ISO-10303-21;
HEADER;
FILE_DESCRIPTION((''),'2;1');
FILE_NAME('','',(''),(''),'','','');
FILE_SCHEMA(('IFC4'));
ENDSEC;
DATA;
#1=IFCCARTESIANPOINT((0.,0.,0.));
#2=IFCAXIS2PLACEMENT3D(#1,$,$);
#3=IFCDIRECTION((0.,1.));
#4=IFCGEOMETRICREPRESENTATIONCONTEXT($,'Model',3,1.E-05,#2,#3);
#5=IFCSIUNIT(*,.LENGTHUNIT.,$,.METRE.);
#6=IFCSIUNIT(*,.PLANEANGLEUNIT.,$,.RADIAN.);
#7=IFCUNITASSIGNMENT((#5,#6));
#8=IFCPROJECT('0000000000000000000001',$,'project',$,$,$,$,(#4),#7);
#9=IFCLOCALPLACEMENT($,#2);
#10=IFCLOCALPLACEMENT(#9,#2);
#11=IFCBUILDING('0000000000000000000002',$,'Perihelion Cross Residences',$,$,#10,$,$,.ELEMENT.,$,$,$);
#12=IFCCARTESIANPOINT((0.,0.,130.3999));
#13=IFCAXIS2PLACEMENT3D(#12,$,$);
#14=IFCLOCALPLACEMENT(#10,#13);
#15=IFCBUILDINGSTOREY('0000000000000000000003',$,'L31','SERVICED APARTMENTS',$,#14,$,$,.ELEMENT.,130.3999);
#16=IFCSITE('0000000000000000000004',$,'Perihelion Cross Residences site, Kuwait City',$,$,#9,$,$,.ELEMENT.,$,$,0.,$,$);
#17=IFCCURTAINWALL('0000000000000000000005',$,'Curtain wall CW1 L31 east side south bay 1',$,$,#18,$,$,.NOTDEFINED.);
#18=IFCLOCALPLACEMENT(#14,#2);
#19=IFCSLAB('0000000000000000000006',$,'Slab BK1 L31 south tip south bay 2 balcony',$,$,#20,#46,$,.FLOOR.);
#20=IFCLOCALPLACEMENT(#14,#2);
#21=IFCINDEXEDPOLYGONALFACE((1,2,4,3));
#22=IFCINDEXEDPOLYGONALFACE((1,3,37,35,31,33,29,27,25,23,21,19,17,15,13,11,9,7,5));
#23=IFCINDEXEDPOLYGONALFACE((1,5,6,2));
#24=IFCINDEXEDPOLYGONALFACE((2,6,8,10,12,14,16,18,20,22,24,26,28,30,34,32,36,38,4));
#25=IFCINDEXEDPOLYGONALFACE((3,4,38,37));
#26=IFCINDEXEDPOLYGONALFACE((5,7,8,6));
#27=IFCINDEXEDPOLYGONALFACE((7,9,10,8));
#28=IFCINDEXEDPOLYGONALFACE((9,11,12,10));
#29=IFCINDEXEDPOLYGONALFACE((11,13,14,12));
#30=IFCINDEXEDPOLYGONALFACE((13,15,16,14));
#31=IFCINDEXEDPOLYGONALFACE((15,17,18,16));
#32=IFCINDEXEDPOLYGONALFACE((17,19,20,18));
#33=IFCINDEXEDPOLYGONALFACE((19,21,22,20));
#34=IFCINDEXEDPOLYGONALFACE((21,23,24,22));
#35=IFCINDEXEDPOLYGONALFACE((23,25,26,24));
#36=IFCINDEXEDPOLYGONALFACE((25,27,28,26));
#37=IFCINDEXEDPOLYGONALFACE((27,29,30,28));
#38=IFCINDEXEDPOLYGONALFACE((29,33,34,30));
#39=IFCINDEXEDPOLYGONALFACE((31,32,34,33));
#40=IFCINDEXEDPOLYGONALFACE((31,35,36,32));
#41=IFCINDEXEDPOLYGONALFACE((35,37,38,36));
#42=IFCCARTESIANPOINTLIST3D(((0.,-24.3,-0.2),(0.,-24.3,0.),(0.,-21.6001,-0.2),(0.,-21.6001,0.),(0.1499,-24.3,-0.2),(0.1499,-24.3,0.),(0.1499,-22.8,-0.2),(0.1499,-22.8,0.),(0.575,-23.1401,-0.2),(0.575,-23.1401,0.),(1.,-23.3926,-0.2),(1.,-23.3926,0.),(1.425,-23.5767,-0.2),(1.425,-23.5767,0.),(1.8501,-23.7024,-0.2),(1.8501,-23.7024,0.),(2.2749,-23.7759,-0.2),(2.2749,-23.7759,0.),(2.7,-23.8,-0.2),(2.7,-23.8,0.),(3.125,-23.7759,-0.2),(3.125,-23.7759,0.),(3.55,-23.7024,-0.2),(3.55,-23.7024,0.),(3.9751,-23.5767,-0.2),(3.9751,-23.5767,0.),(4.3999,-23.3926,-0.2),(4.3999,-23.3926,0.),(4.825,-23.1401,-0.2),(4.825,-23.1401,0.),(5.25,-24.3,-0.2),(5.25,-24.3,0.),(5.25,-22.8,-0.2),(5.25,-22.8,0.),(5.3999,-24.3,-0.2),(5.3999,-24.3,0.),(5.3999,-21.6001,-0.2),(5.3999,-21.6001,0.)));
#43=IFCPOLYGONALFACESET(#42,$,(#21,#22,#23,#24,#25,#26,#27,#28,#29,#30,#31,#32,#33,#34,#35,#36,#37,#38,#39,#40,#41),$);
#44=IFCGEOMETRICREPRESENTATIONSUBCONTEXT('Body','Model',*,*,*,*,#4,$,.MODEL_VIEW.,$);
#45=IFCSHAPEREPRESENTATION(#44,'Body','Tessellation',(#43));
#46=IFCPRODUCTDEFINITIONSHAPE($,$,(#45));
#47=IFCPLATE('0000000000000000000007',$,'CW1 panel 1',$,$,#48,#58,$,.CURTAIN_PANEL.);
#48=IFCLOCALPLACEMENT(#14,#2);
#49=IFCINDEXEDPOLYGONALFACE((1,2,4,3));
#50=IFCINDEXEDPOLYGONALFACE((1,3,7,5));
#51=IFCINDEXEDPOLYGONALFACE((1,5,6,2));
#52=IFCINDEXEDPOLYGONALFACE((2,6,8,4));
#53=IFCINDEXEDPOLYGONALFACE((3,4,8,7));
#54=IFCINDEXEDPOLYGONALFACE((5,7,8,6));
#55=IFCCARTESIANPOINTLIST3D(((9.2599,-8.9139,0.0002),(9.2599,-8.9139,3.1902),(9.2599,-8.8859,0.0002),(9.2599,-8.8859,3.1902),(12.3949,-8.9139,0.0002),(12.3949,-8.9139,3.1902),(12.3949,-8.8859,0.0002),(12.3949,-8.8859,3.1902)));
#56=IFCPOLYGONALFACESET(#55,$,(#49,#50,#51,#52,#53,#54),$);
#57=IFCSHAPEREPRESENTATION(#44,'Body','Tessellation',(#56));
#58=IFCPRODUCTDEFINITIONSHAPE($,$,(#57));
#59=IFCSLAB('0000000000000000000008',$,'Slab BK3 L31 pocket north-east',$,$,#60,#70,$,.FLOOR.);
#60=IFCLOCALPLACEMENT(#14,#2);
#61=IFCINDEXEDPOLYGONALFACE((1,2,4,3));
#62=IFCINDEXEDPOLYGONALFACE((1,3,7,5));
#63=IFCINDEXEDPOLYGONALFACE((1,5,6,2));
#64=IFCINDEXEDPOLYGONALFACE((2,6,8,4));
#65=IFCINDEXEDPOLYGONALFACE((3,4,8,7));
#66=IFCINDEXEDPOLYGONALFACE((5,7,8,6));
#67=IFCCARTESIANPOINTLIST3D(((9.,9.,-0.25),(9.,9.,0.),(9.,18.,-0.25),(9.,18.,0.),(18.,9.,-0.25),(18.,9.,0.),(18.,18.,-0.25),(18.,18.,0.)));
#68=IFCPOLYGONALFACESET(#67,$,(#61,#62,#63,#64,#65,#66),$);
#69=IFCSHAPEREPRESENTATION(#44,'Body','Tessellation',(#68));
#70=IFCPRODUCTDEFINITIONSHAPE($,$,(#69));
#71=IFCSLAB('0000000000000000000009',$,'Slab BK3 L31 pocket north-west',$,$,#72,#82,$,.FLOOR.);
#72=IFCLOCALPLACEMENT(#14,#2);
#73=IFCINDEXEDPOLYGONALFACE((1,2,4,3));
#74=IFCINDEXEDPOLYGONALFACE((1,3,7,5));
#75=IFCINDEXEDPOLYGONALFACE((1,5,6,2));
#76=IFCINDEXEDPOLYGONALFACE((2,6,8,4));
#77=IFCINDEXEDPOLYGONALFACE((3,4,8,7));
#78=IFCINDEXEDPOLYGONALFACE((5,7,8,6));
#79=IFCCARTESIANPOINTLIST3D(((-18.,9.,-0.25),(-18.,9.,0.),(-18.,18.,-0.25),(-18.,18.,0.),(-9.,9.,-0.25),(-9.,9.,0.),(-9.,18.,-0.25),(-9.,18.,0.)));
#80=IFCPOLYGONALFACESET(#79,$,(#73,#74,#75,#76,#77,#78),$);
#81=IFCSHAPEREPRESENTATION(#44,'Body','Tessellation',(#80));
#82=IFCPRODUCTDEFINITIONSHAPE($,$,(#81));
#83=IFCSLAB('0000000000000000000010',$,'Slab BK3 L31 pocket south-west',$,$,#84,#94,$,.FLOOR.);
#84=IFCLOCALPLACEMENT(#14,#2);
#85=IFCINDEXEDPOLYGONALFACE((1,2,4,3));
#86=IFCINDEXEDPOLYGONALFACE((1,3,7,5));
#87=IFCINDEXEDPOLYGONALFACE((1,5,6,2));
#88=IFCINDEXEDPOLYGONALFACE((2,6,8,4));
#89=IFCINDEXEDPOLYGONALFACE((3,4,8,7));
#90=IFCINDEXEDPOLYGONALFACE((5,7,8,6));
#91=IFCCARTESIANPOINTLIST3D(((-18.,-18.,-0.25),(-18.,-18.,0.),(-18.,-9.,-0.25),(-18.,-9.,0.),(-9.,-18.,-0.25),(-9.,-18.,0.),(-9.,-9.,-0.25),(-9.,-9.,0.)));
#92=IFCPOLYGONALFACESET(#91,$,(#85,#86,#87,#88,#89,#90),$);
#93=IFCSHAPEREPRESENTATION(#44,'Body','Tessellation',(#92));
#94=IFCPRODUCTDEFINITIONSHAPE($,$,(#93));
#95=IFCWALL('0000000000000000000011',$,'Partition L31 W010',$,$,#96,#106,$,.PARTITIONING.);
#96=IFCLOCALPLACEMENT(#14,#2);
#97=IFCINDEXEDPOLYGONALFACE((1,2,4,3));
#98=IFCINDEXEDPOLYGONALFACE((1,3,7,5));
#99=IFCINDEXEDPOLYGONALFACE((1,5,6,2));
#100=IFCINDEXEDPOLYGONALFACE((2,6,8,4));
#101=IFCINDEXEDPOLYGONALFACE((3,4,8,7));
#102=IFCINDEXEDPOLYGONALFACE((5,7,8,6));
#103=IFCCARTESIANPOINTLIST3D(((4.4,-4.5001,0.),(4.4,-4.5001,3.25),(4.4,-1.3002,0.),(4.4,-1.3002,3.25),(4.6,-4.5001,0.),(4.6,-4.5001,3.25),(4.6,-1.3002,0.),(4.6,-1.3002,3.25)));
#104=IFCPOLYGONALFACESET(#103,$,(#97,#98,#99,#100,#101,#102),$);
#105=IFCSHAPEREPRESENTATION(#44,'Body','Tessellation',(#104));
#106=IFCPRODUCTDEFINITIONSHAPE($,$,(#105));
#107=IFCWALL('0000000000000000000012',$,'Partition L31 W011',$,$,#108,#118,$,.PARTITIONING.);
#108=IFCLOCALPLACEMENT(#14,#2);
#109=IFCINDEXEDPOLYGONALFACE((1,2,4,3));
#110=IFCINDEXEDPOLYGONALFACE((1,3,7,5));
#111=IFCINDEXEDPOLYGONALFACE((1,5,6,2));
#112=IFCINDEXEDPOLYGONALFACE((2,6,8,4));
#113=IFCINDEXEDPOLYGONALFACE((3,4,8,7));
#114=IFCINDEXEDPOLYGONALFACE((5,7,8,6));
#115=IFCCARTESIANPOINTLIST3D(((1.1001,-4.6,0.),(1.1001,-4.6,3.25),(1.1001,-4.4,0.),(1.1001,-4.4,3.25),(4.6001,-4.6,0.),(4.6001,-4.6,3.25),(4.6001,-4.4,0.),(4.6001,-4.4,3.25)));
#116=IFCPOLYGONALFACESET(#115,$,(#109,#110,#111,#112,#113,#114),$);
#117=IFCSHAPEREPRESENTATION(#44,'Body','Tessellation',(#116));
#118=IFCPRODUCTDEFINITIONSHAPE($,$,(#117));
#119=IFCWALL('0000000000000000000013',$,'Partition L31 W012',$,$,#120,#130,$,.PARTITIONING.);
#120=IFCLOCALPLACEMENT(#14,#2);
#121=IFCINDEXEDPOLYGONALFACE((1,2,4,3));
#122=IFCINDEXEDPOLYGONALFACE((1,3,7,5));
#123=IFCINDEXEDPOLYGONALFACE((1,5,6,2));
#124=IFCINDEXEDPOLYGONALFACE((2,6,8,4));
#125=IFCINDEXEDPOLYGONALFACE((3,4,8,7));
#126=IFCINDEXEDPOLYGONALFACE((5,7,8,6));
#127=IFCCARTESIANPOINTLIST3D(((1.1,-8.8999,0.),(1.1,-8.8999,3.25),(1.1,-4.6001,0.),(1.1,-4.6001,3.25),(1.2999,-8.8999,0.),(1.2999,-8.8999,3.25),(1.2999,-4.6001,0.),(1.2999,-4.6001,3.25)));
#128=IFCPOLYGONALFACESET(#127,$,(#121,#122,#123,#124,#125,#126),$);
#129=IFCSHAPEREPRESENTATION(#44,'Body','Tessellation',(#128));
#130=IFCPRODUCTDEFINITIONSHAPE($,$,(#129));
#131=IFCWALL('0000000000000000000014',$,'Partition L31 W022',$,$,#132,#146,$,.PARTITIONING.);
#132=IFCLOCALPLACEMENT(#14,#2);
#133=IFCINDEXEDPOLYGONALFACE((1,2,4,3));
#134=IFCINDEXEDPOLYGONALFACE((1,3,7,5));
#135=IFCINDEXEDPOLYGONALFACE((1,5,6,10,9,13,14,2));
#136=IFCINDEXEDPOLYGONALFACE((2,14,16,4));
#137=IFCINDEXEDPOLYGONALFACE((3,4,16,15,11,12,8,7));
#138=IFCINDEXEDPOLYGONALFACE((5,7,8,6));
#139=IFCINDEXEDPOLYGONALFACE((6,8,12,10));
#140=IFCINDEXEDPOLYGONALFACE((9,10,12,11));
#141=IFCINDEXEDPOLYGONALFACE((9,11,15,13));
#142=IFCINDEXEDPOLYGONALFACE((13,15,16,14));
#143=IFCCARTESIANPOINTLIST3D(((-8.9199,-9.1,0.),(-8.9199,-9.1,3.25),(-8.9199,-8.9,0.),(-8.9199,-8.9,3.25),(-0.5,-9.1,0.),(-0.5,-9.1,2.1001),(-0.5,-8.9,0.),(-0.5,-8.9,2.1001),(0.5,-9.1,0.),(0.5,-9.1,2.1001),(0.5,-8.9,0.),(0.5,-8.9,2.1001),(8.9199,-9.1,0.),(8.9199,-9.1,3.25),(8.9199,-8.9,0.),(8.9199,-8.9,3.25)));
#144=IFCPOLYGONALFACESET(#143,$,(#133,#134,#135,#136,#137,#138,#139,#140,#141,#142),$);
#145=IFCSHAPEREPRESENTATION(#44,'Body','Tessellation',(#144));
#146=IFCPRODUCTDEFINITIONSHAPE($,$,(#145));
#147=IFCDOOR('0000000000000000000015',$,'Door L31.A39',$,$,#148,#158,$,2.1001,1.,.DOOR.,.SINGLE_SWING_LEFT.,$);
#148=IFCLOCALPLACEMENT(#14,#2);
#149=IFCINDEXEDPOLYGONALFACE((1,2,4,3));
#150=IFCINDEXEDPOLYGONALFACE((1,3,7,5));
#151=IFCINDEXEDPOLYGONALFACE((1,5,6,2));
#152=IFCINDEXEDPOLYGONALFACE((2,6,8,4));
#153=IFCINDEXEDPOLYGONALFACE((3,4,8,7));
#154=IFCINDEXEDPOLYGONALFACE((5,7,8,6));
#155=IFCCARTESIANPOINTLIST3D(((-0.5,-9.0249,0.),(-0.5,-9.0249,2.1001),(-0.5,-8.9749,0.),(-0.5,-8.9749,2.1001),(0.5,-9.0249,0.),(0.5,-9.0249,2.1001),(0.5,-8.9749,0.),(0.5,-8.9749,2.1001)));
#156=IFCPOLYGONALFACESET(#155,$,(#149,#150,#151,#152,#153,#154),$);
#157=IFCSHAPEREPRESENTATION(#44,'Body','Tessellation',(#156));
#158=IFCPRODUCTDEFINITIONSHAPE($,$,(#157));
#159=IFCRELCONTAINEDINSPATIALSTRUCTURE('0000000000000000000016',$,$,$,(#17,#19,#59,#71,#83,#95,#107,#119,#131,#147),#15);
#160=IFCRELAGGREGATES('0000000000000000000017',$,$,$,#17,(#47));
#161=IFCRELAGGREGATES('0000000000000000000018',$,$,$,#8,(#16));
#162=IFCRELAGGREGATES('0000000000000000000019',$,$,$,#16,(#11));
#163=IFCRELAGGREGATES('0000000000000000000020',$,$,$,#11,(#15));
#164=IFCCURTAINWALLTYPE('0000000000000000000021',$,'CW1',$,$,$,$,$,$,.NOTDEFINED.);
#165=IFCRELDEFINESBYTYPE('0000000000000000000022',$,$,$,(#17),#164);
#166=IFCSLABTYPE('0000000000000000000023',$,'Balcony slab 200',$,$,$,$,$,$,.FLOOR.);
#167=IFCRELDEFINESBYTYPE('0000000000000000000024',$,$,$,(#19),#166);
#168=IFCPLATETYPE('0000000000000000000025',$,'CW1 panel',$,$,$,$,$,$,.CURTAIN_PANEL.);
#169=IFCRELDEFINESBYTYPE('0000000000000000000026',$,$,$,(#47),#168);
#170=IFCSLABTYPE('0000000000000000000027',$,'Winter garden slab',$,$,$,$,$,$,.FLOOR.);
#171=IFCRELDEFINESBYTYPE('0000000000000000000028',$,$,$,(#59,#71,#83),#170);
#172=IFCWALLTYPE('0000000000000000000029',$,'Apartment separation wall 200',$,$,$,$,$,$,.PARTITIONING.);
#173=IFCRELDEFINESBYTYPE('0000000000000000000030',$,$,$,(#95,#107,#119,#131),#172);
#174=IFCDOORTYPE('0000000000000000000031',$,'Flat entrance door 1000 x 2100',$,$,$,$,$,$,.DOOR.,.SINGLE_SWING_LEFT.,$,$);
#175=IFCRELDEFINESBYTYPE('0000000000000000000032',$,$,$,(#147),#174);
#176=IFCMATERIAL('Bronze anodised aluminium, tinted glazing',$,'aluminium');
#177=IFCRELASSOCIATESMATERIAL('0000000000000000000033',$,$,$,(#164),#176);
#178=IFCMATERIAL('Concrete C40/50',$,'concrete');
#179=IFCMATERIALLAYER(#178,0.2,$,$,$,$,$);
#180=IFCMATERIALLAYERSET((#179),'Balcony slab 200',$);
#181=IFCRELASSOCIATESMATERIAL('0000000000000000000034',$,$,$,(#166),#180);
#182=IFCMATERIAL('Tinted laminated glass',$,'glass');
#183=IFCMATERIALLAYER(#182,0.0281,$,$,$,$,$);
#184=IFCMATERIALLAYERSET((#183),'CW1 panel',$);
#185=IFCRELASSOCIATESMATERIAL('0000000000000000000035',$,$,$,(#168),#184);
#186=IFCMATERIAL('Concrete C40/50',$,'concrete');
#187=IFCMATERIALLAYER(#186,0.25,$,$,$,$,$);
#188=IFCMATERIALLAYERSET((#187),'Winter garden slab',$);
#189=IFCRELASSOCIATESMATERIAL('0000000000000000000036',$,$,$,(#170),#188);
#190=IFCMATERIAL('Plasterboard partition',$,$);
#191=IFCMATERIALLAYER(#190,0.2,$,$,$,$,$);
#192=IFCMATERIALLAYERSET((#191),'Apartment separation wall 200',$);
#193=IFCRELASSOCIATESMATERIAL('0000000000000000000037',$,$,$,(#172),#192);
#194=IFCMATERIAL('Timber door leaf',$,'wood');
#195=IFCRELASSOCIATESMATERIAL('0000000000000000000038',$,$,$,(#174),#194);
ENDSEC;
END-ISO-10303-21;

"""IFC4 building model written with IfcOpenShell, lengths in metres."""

from ifc_helpers import new_model, si_unit, direction, frame, frame_2d, origin, origin_2d, place, context, subcontext, project, spatial, polyline, rectangle, outline, extrude, material, layer, layer_set, type_object, element, fill, aggregate, save


model = new_model("IFC4")

# Units and contexts
model_context = context("Model", 3, precision=1e-05, world=origin(), true_north=direction((0.0, 1.0)))
body_context = subcontext(model_context, "Body", "Model", "MODEL_VIEW")
ifc_project = project(units=[si_unit("LENGTHUNIT", "METRE"), si_unit("PLANEANGLEUNIT", "RADIAN")], contexts=[model_context])

# Site, building, storey
site_placement = place(None, origin())
site = spatial("IfcSite", under=ifc_project, at=site_placement, Name="Perihelion Cross Residences site, Kuwait City", CompositionType="ELEMENT", RefElevation=0.0)
building_placement = place(site_placement, origin())
building = spatial("IfcBuilding", under=site, at=building_placement, Name="Perihelion Cross Residences", CompositionType="ELEMENT")
storey_placement = place(building_placement, frame((0.0, 0.0, 130.3999)))
storey = spatial("IfcBuildingStorey", under=building, at=storey_placement, Name="L31", Description="SERVICED APARTMENTS", CompositionType="ELEMENT", Elevation=130.3999)

# Shared definitions
ifc_material_1 = material(Name="Bronze anodised aluminium, tinted glazing", Category="aluminium")
curtain_wall_type = type_object("IfcCurtainWallType", Name="CW1", PredefinedType="NOTDEFINED", material=ifc_material_1)

# Curtain wall
curtain_wall_1_placement = place(storey_placement, origin())
curtain_wall_1 = element("IfcCurtainWall", 1, at=curtain_wall_1_placement, inside=storey, type_object=curtain_wall_type, Name="Curtain wall CW1 L31 east side south bay 1", PredefinedType="NOTDEFINED")

# Slab
ifc_material_2 = material(Name="Concrete C40/50", Category="concrete")
ifc_layer_1 = layer(ifc_material_2, 0.2)
ifc_layer_set_1 = layer_set([ifc_layer_1], Name="Balcony slab 200")
slab_type_1 = type_object("IfcSlabType", Name="Balcony slab 200", PredefinedType="FLOOR", material=ifc_layer_set_1)
slab_1_placement = place(storey_placement, frame((0.0, 0.0, -0.2)))
element("IfcSlab", 2, at=slab_1_placement, inside=storey, type_object=slab_type_1, Name="Slab BK1 L31 south tip south bay 2 balcony", PredefinedType="FLOOR", context=body_context, shape_type="SweptSolid", body=[
    extrude(outline(polyline([(0.0, -21.6001), (5.3999, -21.6001), (5.3999, -24.3), (5.25, -24.3), (5.25, -22.8), (4.825, -23.1401), (4.3999, -23.3926), (3.9751, -23.5767), (3.55, -23.7024), (3.125, -23.7759), (2.7, -23.8), (2.2749, -23.7759), (1.8501, -23.7024), (1.425, -23.5767), (1.0, -23.3926), (0.575, -23.1401), (0.1499, -22.8), (0.1499, -24.3), (0.0, -24.3), (0.0, -21.6001)])), origin(), (0.0, 0.0, 1.0), 0.2),
])

# Plate
ifc_material_3 = material(Name="Tinted laminated glass", Category="glass")
ifc_layer_2 = layer(ifc_material_3, 0.0281)
ifc_layer_set_2 = layer_set([ifc_layer_2], Name="CW1 panel")
plate_type = type_object("IfcPlateType", Name="CW1 panel", PredefinedType="CURTAIN_PANEL", material=ifc_layer_set_2)
plate_placement = place(storey_placement, frame((10.8274, -8.8999, 0.0002), z_axis=(0.0, 0.0, 1.0), x_axis=(1.0, 0.0, 0.0)))
plate = element("IfcPlate", 3, at=plate_placement, type_object=plate_type, Name="CW1 panel 1", PredefinedType="CURTAIN_PANEL", context=body_context, shape_type="SweptSolid", body=[
    extrude(rectangle(XDim=3.135, YDim=0.0281, at=origin_2d()), origin(), (0.0, 0.0, 1.0), 3.1899),
])
aggregate(curtain_wall_1, [plate])

# Slabs
ifc_material_4 = material(Name="Concrete C40/50", Category="concrete")
ifc_layer_3 = layer(ifc_material_4, 0.25)
ifc_layer_set_3 = layer_set([ifc_layer_3], Name="Winter garden slab")
slab_type_2 = type_object("IfcSlabType", Name="Winter garden slab", PredefinedType="FLOOR", material=ifc_layer_set_3)
slab_2_placement = place(storey_placement, frame((0.0, 0.0, -0.25)))
element("IfcSlab", 4, at=slab_2_placement, inside=storey, type_object=slab_type_2, Name="Slab BK3 L31 pocket north-east", PredefinedType="FLOOR", context=body_context, shape_type="SweptSolid", body=[
    extrude(outline(polyline([(18.0, 9.0), (18.0, 18.0), (9.0, 18.0), (9.0, 9.0), (18.0, 9.0)])), origin(), (0.0, 0.0, 1.0), 0.25),
])
slab_3_placement = place(storey_placement, frame((0.0, 0.0, -0.25)))
element("IfcSlab", 5, at=slab_3_placement, inside=storey, type_object=slab_type_2, Name="Slab BK3 L31 pocket north-west", PredefinedType="FLOOR", context=body_context, shape_type="SweptSolid", body=[
    extrude(outline(polyline([(-9.0, 9.0), (-9.0, 18.0), (-18.0, 18.0), (-18.0, 9.0), (-9.0, 9.0)])), origin(), (0.0, 0.0, 1.0), 0.25),
])
slab_4_placement = place(storey_placement, frame((0.0, 0.0, -0.25)))
element("IfcSlab", 6, at=slab_4_placement, inside=storey, type_object=slab_type_2, Name="Slab BK3 L31 pocket south-west", PredefinedType="FLOOR", context=body_context, shape_type="SweptSolid", body=[
    extrude(outline(polyline([(-9.0, -18.0), (-9.0, -9.0), (-18.0, -9.0), (-18.0, -18.0), (-9.0, -18.0)])), origin(), (0.0, 0.0, 1.0), 0.25),
])

# Walls
ifc_material_5 = material(Name="Plasterboard partition")
ifc_layer_4 = layer(ifc_material_5, 0.2)
ifc_layer_set_4 = layer_set([ifc_layer_4], Name="Apartment separation wall 200")
wall_type_1 = type_object("IfcWallType", Name="Apartment separation wall 200", PredefinedType="PARTITIONING", material=ifc_layer_set_4)
wall_1_placement = place(storey_placement, frame((4.5, -1.3, 0.0), z_axis=(0.0, 0.0, 1.0), x_axis=(0.0, -1.0, 0.0)))
element("IfcWall", 7, at=wall_1_placement, inside=storey, type_object=wall_type_1, Name="Partition L31 W010", PredefinedType="PARTITIONING", context=body_context, shape_type="SweptSolid", body=[
    extrude(rectangle(XDim=3.2, YDim=0.2, at=frame_2d((1.6001, 0.0))), origin(), (0.0, 0.0, 1.0), 3.25),
])
wall_2_placement = place(storey_placement, frame((4.6001, -4.5, 0.0), z_axis=(0.0, 0.0, 1.0), x_axis=(-1.0, 0.0, 0.0)))
element("IfcWall", 8, at=wall_2_placement, inside=storey, type_object=wall_type_1, Name="Partition L31 W011", PredefinedType="PARTITIONING", context=body_context, shape_type="SweptSolid", body=[
    extrude(rectangle(XDim=3.5, YDim=0.2, at=frame_2d((1.75, 0.0))), origin(), (0.0, 0.0, 1.0), 3.25),
])
wall_3_placement = place(storey_placement, frame((1.2, -4.6001, 0.0), z_axis=(0.0, 0.0, 1.0), x_axis=(0.0, -1.0, 0.0)))
element("IfcWall", 9, at=wall_3_placement, inside=storey, type_object=wall_type_1, Name="Partition L31 W012", PredefinedType="PARTITIONING", context=body_context, shape_type="SweptSolid", body=[
    extrude(rectangle(XDim=4.2998, YDim=0.2, at=frame_2d((2.1499, 0.0))), origin(), (0.0, 0.0, 1.0), 3.25),
])

# Wall, opening, door
wall_4_placement = place(storey_placement, frame((8.9199, -9.0, 0.0), z_axis=(0.0, 0.0, 1.0), x_axis=(-1.0, 0.0, 0.0)))
wall_4 = element("IfcWall", 10, at=wall_4_placement, inside=storey, type_object=wall_type_1, Name="Partition L31 W022", PredefinedType="PARTITIONING", context=body_context, shape_type="SweptSolid", body=[
    extrude(rectangle(XDim=17.8398, YDim=0.2, at=frame_2d((8.9199, 0.0))), origin(), (0.0, 0.0, 1.0), 3.25),
])
opening_1_placement = place(wall_4_placement, frame((8.4199, 0.0, 0.0)))
opening_1 = element("IfcOpeningElement", 11, at=opening_1_placement, cuts=wall_4, PredefinedType="OPENING", context=body_context, shape_type="SweptSolid", body=[
    extrude(rectangle(XDim=1.0, YDim=2.1001, at=frame_2d((0.5, 1.05))), frame((0.0, 0.1099, 0.0), z_axis=(0.0, -1.0, 0.0), x_axis=(1.0, 0.0, 0.0)), (0.0, 0.0, 1.0), 0.22),
])
ifc_material_6 = material(Name="Timber door leaf", Category="wood")
door_type_1 = type_object("IfcDoorType", Name="Flat entrance door 1000 x 2100", OperationType="SINGLE_SWING_LEFT", PredefinedType="DOOR", material=ifc_material_6)
door_1_placement = place(opening_1_placement, origin())
door_1 = element("IfcDoor", 12, at=door_1_placement, inside=storey, type_object=door_type_1, Name="Door L31.A39", OperationType="SINGLE_SWING_LEFT", OverallHeight=2.1001, OverallWidth=1.0, PredefinedType="DOOR", context=body_context, shape_type="SweptSolid", body=[
    extrude(rectangle(XDim=1.0, YDim=2.1001, at=frame_2d((0.5, 1.05))), frame((0.0, 0.0249, 0.0), z_axis=(0.0, -1.0, 0.0), x_axis=(1.0, 0.0, 0.0)), (0.0, 0.0, 1.0), 0.05),
])
fill(opening_1, door_1)

save(model, "model.ifc")
